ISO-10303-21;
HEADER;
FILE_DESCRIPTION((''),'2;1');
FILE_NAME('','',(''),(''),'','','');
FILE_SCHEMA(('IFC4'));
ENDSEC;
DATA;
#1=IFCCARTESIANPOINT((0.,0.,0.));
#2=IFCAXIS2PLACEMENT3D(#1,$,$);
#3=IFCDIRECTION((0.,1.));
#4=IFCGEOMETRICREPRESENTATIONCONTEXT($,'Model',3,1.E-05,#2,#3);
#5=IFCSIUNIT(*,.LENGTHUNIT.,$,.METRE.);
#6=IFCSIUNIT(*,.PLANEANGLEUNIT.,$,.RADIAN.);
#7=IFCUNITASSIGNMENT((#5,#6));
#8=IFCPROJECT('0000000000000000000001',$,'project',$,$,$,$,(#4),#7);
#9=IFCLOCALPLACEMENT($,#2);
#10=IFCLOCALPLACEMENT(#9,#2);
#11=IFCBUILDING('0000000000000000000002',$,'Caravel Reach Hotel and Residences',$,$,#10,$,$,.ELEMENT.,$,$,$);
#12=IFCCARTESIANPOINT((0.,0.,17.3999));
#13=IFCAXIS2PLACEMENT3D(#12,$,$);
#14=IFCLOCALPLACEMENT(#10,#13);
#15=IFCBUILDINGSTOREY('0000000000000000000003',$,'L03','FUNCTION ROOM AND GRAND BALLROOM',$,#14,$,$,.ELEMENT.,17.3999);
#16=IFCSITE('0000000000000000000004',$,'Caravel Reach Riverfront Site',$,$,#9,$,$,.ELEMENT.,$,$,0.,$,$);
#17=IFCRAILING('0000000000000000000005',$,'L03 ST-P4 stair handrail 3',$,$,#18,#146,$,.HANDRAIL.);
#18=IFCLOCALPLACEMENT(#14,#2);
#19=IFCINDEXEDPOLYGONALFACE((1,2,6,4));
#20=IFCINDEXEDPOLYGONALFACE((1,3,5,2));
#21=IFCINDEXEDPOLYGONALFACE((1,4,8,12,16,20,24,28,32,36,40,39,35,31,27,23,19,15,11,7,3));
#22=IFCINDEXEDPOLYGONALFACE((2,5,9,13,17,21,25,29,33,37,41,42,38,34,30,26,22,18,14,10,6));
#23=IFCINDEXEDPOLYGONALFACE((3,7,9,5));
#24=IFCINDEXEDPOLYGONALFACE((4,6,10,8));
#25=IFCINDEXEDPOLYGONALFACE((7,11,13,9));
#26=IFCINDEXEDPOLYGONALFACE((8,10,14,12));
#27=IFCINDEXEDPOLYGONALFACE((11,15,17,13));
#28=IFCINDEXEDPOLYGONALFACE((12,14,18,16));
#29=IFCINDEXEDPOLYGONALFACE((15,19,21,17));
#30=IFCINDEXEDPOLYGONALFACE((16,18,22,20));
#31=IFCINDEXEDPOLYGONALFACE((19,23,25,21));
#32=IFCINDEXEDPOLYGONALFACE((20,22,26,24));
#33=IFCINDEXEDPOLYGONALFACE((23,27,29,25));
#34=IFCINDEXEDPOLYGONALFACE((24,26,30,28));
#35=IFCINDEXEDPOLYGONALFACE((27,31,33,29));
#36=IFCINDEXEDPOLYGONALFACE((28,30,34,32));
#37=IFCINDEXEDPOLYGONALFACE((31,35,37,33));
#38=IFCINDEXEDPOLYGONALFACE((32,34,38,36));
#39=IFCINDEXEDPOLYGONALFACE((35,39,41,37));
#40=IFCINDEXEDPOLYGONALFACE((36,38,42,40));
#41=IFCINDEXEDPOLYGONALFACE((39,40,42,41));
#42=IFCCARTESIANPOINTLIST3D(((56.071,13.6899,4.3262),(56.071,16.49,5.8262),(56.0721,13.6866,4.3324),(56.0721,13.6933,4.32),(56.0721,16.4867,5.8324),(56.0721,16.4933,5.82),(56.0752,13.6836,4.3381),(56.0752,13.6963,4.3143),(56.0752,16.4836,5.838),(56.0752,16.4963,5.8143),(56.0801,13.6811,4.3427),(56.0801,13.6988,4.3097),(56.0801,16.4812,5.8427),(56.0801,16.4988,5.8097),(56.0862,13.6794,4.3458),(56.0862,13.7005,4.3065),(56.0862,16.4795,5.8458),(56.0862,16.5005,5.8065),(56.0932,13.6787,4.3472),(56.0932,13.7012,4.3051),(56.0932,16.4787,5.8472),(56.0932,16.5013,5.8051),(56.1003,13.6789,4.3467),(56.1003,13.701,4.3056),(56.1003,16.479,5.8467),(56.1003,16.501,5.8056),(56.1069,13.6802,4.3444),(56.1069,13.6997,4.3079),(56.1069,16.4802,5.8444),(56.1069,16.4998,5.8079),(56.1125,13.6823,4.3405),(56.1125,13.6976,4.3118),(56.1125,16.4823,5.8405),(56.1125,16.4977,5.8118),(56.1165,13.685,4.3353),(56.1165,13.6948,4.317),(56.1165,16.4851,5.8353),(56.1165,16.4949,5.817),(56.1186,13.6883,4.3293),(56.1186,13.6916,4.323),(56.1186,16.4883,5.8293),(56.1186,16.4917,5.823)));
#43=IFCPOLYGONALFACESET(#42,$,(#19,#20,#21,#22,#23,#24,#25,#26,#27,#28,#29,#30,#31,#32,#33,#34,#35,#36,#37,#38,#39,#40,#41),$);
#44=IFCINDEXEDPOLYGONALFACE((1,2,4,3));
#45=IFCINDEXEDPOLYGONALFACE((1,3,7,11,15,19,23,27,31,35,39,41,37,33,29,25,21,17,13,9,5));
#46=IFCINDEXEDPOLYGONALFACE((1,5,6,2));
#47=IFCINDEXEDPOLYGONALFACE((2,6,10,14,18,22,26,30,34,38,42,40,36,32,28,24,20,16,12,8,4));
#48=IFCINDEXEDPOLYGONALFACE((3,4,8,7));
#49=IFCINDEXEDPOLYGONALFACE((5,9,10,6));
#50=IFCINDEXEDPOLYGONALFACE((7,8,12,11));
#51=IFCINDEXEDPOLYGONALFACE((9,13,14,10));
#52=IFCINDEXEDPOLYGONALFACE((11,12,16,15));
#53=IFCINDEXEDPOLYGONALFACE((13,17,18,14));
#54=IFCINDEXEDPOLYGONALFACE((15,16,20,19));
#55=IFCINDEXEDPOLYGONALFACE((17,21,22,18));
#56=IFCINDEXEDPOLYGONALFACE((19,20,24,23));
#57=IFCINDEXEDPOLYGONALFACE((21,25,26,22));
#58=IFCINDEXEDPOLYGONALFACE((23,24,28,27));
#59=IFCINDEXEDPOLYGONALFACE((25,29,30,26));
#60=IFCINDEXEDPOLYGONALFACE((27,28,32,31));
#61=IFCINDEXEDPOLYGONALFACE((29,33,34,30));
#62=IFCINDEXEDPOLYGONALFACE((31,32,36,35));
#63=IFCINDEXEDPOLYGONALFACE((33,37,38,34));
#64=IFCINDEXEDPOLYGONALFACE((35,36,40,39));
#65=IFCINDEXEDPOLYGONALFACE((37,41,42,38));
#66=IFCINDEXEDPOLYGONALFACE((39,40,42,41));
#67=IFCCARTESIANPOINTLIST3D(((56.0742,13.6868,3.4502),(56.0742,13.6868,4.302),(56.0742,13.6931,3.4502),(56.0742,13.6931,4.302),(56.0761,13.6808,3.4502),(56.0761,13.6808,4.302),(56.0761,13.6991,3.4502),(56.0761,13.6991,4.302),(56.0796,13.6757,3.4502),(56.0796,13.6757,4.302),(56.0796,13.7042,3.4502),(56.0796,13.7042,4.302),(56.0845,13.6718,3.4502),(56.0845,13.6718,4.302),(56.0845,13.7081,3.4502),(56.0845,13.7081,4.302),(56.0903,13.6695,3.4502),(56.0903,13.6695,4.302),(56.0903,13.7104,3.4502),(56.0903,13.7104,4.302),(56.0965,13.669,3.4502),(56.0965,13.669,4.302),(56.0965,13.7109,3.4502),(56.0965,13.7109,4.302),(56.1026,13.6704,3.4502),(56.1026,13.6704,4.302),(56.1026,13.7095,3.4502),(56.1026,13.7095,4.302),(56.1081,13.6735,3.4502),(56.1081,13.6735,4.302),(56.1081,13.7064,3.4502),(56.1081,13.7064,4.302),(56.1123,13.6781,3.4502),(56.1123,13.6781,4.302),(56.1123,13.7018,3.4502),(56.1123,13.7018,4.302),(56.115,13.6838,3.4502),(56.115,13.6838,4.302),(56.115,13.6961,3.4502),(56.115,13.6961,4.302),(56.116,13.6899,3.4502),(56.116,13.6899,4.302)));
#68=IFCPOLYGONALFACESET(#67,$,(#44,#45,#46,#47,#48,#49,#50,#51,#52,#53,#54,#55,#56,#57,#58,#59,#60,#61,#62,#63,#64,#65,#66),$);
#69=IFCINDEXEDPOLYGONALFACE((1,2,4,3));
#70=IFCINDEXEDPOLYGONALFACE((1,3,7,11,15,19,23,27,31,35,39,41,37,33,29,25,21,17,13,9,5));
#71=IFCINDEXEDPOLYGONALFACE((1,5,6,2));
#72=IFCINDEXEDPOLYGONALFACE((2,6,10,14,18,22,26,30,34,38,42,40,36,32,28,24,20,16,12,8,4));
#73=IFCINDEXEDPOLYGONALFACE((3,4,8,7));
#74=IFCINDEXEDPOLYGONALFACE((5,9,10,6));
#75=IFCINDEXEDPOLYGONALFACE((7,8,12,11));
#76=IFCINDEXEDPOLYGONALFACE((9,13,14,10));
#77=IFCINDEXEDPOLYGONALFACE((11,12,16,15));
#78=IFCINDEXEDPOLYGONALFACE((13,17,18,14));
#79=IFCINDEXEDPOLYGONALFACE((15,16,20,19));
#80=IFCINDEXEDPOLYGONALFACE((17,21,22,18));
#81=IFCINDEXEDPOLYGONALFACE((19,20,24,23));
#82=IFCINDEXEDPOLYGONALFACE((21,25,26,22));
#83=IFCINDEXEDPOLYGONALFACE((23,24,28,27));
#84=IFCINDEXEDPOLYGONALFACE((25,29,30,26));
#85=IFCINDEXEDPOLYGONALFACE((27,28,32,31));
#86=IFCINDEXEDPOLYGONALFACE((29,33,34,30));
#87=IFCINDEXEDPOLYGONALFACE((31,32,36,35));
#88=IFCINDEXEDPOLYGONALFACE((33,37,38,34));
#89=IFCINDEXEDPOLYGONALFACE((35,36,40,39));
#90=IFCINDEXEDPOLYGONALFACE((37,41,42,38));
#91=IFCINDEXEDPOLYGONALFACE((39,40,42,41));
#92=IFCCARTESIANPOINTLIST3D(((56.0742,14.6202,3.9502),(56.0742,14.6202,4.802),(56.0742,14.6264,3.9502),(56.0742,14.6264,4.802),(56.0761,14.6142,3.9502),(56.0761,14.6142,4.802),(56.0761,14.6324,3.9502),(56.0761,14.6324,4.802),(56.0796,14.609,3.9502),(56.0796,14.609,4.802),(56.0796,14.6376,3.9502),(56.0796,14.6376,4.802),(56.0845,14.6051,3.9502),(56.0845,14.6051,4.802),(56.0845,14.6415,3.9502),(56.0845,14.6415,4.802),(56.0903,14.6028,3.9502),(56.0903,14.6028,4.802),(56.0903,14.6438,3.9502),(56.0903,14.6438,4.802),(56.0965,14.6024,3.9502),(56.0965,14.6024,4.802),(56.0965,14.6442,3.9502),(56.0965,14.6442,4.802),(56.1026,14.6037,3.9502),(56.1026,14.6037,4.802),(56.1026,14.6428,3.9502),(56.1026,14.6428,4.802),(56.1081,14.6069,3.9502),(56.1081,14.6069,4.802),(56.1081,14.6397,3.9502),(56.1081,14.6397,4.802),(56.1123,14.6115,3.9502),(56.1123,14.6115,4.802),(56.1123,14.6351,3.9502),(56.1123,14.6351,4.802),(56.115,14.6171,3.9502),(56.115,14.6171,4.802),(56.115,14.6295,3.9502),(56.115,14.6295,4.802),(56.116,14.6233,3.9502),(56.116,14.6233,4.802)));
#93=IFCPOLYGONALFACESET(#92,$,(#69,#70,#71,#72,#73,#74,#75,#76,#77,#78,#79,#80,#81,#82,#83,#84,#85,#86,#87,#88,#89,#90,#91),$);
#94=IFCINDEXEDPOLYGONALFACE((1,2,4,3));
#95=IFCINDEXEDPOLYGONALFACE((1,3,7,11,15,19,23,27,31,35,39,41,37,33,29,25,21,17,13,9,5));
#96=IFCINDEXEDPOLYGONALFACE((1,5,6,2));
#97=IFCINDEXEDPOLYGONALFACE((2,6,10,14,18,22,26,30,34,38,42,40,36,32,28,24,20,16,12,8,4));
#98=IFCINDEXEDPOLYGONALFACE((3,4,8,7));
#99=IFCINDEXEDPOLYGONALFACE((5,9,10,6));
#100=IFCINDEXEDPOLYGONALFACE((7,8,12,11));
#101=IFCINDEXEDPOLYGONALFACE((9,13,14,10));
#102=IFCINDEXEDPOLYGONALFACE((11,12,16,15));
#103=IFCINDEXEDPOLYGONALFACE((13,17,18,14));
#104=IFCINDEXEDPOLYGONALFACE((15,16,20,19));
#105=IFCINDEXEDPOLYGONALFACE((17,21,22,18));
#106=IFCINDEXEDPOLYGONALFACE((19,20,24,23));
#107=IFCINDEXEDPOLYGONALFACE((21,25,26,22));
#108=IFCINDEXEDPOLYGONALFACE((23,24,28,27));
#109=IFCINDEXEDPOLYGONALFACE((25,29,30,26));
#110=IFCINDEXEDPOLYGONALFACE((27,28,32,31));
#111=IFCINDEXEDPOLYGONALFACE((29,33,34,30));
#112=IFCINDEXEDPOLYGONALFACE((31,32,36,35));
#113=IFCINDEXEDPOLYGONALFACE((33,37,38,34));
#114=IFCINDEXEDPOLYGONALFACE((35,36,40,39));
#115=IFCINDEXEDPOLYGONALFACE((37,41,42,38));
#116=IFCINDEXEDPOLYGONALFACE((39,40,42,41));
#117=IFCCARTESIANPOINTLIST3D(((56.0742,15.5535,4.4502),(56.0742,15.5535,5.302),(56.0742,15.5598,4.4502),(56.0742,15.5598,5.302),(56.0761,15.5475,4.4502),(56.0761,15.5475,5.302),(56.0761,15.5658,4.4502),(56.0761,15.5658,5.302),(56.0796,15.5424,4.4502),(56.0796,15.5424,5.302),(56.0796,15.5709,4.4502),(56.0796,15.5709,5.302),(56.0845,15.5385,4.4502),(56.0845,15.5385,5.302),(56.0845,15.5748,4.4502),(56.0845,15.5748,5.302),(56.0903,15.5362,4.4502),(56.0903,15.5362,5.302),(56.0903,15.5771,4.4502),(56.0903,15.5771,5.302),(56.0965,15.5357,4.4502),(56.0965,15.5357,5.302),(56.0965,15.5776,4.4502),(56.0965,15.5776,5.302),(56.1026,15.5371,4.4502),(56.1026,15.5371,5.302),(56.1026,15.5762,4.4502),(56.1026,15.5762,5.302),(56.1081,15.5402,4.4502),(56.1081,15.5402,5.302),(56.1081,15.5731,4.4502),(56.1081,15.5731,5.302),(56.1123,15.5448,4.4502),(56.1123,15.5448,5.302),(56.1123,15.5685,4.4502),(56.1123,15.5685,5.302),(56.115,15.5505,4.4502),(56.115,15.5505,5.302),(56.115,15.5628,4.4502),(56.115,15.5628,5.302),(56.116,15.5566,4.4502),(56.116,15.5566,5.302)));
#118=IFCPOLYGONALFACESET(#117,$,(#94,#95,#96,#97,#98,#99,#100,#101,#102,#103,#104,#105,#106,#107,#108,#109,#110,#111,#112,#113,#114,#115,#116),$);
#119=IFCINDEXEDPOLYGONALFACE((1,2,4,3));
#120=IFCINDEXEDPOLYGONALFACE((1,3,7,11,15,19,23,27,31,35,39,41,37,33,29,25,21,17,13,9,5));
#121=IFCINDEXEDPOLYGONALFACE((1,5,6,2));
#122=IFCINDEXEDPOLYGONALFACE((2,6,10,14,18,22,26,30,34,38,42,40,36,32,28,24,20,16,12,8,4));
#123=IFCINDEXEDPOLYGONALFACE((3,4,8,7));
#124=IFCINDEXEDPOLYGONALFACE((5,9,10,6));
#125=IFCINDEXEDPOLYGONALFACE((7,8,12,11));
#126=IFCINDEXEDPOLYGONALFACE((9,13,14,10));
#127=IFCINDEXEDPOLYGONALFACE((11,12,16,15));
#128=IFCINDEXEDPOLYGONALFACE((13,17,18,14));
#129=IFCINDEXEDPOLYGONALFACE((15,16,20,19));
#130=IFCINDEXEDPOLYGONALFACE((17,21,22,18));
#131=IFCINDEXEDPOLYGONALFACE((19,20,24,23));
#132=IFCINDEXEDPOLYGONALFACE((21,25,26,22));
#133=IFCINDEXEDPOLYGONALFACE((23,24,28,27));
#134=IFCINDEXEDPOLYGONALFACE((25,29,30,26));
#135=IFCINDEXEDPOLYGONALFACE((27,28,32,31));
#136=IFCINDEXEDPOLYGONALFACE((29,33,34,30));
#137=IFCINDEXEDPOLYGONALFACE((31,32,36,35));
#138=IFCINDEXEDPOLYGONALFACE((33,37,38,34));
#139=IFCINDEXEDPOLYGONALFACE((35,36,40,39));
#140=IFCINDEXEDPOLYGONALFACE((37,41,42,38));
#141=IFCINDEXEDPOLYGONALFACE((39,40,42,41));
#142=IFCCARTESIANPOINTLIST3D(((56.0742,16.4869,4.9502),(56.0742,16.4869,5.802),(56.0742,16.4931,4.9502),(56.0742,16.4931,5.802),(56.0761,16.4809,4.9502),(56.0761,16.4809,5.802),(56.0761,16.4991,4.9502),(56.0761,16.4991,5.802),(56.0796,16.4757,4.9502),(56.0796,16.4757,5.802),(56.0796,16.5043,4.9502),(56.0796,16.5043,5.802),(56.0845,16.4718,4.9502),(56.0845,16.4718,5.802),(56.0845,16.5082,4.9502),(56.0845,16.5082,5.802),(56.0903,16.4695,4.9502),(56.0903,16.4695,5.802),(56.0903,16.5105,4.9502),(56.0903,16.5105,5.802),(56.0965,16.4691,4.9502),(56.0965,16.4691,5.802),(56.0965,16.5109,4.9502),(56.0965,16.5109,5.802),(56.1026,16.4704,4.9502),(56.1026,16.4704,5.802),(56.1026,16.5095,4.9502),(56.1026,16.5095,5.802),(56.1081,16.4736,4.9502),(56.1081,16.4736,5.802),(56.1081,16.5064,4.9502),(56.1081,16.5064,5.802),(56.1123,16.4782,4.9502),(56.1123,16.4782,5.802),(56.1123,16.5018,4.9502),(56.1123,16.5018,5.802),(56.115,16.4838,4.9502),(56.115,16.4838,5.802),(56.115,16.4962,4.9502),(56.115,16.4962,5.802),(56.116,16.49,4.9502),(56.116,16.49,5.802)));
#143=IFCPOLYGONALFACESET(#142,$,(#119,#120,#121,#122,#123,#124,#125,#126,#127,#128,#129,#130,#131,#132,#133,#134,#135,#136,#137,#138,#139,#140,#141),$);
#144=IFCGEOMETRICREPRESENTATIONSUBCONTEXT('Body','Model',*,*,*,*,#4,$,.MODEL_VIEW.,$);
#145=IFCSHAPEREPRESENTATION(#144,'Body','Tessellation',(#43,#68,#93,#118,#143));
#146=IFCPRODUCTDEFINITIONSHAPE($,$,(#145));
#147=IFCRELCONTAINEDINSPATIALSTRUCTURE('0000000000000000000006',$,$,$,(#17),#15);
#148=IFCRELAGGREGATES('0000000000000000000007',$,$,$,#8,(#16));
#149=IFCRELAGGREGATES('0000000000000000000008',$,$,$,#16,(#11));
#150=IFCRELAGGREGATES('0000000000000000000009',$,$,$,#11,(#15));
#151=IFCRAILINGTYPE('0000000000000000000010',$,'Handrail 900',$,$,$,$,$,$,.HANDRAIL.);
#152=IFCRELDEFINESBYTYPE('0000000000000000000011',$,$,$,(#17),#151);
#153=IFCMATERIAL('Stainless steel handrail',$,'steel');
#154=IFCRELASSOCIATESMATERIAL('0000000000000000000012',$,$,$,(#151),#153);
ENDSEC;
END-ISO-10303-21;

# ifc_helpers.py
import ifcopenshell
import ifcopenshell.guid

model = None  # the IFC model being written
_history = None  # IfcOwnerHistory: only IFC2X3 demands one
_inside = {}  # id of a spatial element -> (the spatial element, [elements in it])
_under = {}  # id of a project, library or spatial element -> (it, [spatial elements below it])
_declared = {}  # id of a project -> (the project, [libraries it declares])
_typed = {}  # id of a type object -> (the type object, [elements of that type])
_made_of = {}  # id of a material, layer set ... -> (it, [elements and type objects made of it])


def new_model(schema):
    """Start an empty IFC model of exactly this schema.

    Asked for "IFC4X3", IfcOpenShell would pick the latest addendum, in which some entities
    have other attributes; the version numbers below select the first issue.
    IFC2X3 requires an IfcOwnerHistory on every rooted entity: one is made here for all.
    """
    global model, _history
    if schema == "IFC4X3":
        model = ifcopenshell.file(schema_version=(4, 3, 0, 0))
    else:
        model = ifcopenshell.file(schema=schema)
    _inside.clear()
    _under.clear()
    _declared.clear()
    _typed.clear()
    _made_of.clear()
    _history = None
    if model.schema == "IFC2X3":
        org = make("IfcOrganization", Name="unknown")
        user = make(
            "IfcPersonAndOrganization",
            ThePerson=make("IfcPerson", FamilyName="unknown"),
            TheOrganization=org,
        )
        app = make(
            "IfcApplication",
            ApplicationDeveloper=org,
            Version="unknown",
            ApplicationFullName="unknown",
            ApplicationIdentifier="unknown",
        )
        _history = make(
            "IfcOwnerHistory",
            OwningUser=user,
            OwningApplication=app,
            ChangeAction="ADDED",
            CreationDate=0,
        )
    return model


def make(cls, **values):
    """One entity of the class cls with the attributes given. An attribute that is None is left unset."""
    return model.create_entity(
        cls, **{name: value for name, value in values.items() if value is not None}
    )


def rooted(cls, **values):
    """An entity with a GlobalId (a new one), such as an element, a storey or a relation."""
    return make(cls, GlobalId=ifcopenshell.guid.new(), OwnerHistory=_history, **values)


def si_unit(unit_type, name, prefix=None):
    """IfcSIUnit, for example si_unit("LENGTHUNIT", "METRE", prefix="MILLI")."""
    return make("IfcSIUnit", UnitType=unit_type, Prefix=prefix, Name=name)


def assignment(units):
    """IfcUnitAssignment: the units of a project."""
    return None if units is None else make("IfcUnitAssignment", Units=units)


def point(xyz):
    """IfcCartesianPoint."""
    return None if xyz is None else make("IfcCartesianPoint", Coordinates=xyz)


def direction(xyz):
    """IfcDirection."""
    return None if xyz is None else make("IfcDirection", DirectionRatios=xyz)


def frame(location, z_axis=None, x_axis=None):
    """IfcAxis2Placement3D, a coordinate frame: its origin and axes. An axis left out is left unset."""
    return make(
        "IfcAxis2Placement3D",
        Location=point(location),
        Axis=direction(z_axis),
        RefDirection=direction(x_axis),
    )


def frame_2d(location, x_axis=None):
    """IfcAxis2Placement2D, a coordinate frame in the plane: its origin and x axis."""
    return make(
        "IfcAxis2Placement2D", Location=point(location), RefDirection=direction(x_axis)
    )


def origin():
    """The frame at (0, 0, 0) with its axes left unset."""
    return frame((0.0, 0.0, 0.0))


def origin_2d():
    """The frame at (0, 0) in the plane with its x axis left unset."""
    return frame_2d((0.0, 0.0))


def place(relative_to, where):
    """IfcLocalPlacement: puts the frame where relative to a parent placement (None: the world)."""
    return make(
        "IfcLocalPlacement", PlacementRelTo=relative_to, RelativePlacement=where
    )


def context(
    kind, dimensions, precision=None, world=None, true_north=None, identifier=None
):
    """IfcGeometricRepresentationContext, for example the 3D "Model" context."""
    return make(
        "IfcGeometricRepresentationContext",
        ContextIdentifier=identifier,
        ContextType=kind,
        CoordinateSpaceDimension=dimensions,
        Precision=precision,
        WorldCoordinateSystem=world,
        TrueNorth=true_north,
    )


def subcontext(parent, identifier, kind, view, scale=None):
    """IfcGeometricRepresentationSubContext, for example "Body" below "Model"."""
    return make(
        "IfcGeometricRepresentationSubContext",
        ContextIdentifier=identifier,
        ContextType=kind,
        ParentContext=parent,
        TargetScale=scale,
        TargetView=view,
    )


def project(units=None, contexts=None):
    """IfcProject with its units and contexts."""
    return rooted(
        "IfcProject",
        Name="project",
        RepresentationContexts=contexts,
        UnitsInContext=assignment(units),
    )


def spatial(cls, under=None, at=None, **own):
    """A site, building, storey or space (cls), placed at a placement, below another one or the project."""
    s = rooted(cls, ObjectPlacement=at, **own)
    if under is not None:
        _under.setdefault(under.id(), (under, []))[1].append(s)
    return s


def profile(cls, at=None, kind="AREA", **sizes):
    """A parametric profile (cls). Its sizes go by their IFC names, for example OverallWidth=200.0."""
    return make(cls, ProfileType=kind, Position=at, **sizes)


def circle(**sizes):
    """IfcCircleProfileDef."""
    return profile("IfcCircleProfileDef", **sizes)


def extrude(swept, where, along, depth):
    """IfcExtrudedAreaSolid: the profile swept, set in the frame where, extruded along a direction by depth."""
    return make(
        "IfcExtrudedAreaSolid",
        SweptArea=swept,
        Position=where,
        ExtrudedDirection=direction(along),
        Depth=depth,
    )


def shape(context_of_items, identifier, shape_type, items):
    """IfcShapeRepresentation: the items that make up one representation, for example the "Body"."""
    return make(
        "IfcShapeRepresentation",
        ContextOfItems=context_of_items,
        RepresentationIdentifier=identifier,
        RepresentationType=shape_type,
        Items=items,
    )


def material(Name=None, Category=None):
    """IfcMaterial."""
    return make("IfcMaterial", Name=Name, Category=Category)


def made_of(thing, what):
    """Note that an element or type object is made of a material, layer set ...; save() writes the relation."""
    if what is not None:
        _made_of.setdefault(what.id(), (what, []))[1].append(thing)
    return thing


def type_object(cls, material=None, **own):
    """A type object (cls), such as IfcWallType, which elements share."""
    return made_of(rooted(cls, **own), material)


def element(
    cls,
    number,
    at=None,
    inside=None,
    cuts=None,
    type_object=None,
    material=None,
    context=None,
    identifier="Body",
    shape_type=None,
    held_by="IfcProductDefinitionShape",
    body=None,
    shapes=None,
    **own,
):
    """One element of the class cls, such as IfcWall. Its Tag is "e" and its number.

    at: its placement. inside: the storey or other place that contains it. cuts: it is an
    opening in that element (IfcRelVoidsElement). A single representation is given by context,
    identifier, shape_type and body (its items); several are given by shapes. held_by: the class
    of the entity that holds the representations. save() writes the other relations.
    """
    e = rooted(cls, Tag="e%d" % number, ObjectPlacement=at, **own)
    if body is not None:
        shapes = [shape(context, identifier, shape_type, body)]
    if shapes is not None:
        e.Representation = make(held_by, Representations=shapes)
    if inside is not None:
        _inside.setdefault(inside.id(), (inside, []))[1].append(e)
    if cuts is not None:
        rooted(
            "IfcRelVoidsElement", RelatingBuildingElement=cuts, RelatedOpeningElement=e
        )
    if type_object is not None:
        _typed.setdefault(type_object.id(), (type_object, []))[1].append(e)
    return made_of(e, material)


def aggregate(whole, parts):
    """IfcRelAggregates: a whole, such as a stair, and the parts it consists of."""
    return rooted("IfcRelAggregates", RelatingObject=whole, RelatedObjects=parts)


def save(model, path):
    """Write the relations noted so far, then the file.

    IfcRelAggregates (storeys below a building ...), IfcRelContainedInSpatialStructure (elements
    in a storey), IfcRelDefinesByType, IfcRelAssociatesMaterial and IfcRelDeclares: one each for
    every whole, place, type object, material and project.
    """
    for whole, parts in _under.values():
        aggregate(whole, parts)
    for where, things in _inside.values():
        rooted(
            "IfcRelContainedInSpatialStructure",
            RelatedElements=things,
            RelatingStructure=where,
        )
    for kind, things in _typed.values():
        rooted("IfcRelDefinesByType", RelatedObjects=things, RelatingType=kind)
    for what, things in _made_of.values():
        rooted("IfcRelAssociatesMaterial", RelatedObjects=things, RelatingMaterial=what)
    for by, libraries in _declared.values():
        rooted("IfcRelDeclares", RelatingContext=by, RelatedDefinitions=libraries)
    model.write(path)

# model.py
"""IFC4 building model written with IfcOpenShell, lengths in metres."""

from ifc_helpers import new_model, si_unit, direction, frame, origin, origin_2d, place, context, subcontext, project, spatial, circle, extrude, material, type_object, element, save


model = new_model("IFC4")

# Units and contexts
model_context = context("Model", 3, precision=1e-05, world=origin(), true_north=direction((0.0, 1.0)))
body_context = subcontext(model_context, "Body", "Model", "MODEL_VIEW")
ifc_project = project(units=[si_unit("LENGTHUNIT", "METRE"), si_unit("PLANEANGLEUNIT", "RADIAN")], contexts=[model_context])

# Site, building, storey
site_placement = place(None, origin())
site = spatial("IfcSite", under=ifc_project, at=site_placement, Name="Caravel Reach Riverfront Site", CompositionType="ELEMENT", RefElevation=0.0)
building_placement = place(site_placement, origin())
building = spatial("IfcBuilding", under=site, at=building_placement, Name="Caravel Reach Hotel and Residences", CompositionType="ELEMENT")
storey_placement = place(building_placement, frame((0.0, 0.0, 17.3999)))
storey = spatial("IfcBuildingStorey", under=building, at=storey_placement, Name="L03", Description="FUNCTION ROOM AND GRAND BALLROOM", CompositionType="ELEMENT", Elevation=17.3999)

# Railing
ifc_material_1 = material(Name="Stainless steel handrail", Category="steel")
railing_type_1 = type_object("IfcRailingType", Name="Handrail 900", PredefinedType="HANDRAIL", material=ifc_material_1)
for number, where, name in (
    (1, (56.095, 13.6899, 3.4502), "L03 ST-P4 stair handrail 3"),
):
    element("IfcRailing", number, at=place(storey_placement, frame(where)), inside=storey, type_object=railing_type_1, Name=name, PredefinedType="HANDRAIL", context=body_context, shape_type="SweptSolid", body=[
        extrude(circle(Radius=0.0239, at=origin_2d()), frame((0.0, 0.0, 0.876), z_axis=(0.0, 0.881483, 0.472215), x_axis=(-1.0, 0.0, 0.0)), (0.0, 0.0, 1.0), 3.1765),
        extrude(circle(Radius=0.021, at=origin_2d()), origin(), (0.0, 0.0, 1.0), 0.8518),
        extrude(circle(Radius=0.021, at=origin_2d()), frame((0.0, 0.9333, 0.5)), (0.0, 0.0, 1.0), 0.8518),
        extrude(circle(Radius=0.021, at=origin_2d()), frame((0.0, 1.8667, 1.0)), (0.0, 0.0, 1.0), 0.8518),
        extrude(circle(Radius=0.021, at=origin_2d()), frame((0.0, 2.8, 1.5)), (0.0, 0.0, 1.0), 0.8518),
    ])

save(model, "model.ifc")
